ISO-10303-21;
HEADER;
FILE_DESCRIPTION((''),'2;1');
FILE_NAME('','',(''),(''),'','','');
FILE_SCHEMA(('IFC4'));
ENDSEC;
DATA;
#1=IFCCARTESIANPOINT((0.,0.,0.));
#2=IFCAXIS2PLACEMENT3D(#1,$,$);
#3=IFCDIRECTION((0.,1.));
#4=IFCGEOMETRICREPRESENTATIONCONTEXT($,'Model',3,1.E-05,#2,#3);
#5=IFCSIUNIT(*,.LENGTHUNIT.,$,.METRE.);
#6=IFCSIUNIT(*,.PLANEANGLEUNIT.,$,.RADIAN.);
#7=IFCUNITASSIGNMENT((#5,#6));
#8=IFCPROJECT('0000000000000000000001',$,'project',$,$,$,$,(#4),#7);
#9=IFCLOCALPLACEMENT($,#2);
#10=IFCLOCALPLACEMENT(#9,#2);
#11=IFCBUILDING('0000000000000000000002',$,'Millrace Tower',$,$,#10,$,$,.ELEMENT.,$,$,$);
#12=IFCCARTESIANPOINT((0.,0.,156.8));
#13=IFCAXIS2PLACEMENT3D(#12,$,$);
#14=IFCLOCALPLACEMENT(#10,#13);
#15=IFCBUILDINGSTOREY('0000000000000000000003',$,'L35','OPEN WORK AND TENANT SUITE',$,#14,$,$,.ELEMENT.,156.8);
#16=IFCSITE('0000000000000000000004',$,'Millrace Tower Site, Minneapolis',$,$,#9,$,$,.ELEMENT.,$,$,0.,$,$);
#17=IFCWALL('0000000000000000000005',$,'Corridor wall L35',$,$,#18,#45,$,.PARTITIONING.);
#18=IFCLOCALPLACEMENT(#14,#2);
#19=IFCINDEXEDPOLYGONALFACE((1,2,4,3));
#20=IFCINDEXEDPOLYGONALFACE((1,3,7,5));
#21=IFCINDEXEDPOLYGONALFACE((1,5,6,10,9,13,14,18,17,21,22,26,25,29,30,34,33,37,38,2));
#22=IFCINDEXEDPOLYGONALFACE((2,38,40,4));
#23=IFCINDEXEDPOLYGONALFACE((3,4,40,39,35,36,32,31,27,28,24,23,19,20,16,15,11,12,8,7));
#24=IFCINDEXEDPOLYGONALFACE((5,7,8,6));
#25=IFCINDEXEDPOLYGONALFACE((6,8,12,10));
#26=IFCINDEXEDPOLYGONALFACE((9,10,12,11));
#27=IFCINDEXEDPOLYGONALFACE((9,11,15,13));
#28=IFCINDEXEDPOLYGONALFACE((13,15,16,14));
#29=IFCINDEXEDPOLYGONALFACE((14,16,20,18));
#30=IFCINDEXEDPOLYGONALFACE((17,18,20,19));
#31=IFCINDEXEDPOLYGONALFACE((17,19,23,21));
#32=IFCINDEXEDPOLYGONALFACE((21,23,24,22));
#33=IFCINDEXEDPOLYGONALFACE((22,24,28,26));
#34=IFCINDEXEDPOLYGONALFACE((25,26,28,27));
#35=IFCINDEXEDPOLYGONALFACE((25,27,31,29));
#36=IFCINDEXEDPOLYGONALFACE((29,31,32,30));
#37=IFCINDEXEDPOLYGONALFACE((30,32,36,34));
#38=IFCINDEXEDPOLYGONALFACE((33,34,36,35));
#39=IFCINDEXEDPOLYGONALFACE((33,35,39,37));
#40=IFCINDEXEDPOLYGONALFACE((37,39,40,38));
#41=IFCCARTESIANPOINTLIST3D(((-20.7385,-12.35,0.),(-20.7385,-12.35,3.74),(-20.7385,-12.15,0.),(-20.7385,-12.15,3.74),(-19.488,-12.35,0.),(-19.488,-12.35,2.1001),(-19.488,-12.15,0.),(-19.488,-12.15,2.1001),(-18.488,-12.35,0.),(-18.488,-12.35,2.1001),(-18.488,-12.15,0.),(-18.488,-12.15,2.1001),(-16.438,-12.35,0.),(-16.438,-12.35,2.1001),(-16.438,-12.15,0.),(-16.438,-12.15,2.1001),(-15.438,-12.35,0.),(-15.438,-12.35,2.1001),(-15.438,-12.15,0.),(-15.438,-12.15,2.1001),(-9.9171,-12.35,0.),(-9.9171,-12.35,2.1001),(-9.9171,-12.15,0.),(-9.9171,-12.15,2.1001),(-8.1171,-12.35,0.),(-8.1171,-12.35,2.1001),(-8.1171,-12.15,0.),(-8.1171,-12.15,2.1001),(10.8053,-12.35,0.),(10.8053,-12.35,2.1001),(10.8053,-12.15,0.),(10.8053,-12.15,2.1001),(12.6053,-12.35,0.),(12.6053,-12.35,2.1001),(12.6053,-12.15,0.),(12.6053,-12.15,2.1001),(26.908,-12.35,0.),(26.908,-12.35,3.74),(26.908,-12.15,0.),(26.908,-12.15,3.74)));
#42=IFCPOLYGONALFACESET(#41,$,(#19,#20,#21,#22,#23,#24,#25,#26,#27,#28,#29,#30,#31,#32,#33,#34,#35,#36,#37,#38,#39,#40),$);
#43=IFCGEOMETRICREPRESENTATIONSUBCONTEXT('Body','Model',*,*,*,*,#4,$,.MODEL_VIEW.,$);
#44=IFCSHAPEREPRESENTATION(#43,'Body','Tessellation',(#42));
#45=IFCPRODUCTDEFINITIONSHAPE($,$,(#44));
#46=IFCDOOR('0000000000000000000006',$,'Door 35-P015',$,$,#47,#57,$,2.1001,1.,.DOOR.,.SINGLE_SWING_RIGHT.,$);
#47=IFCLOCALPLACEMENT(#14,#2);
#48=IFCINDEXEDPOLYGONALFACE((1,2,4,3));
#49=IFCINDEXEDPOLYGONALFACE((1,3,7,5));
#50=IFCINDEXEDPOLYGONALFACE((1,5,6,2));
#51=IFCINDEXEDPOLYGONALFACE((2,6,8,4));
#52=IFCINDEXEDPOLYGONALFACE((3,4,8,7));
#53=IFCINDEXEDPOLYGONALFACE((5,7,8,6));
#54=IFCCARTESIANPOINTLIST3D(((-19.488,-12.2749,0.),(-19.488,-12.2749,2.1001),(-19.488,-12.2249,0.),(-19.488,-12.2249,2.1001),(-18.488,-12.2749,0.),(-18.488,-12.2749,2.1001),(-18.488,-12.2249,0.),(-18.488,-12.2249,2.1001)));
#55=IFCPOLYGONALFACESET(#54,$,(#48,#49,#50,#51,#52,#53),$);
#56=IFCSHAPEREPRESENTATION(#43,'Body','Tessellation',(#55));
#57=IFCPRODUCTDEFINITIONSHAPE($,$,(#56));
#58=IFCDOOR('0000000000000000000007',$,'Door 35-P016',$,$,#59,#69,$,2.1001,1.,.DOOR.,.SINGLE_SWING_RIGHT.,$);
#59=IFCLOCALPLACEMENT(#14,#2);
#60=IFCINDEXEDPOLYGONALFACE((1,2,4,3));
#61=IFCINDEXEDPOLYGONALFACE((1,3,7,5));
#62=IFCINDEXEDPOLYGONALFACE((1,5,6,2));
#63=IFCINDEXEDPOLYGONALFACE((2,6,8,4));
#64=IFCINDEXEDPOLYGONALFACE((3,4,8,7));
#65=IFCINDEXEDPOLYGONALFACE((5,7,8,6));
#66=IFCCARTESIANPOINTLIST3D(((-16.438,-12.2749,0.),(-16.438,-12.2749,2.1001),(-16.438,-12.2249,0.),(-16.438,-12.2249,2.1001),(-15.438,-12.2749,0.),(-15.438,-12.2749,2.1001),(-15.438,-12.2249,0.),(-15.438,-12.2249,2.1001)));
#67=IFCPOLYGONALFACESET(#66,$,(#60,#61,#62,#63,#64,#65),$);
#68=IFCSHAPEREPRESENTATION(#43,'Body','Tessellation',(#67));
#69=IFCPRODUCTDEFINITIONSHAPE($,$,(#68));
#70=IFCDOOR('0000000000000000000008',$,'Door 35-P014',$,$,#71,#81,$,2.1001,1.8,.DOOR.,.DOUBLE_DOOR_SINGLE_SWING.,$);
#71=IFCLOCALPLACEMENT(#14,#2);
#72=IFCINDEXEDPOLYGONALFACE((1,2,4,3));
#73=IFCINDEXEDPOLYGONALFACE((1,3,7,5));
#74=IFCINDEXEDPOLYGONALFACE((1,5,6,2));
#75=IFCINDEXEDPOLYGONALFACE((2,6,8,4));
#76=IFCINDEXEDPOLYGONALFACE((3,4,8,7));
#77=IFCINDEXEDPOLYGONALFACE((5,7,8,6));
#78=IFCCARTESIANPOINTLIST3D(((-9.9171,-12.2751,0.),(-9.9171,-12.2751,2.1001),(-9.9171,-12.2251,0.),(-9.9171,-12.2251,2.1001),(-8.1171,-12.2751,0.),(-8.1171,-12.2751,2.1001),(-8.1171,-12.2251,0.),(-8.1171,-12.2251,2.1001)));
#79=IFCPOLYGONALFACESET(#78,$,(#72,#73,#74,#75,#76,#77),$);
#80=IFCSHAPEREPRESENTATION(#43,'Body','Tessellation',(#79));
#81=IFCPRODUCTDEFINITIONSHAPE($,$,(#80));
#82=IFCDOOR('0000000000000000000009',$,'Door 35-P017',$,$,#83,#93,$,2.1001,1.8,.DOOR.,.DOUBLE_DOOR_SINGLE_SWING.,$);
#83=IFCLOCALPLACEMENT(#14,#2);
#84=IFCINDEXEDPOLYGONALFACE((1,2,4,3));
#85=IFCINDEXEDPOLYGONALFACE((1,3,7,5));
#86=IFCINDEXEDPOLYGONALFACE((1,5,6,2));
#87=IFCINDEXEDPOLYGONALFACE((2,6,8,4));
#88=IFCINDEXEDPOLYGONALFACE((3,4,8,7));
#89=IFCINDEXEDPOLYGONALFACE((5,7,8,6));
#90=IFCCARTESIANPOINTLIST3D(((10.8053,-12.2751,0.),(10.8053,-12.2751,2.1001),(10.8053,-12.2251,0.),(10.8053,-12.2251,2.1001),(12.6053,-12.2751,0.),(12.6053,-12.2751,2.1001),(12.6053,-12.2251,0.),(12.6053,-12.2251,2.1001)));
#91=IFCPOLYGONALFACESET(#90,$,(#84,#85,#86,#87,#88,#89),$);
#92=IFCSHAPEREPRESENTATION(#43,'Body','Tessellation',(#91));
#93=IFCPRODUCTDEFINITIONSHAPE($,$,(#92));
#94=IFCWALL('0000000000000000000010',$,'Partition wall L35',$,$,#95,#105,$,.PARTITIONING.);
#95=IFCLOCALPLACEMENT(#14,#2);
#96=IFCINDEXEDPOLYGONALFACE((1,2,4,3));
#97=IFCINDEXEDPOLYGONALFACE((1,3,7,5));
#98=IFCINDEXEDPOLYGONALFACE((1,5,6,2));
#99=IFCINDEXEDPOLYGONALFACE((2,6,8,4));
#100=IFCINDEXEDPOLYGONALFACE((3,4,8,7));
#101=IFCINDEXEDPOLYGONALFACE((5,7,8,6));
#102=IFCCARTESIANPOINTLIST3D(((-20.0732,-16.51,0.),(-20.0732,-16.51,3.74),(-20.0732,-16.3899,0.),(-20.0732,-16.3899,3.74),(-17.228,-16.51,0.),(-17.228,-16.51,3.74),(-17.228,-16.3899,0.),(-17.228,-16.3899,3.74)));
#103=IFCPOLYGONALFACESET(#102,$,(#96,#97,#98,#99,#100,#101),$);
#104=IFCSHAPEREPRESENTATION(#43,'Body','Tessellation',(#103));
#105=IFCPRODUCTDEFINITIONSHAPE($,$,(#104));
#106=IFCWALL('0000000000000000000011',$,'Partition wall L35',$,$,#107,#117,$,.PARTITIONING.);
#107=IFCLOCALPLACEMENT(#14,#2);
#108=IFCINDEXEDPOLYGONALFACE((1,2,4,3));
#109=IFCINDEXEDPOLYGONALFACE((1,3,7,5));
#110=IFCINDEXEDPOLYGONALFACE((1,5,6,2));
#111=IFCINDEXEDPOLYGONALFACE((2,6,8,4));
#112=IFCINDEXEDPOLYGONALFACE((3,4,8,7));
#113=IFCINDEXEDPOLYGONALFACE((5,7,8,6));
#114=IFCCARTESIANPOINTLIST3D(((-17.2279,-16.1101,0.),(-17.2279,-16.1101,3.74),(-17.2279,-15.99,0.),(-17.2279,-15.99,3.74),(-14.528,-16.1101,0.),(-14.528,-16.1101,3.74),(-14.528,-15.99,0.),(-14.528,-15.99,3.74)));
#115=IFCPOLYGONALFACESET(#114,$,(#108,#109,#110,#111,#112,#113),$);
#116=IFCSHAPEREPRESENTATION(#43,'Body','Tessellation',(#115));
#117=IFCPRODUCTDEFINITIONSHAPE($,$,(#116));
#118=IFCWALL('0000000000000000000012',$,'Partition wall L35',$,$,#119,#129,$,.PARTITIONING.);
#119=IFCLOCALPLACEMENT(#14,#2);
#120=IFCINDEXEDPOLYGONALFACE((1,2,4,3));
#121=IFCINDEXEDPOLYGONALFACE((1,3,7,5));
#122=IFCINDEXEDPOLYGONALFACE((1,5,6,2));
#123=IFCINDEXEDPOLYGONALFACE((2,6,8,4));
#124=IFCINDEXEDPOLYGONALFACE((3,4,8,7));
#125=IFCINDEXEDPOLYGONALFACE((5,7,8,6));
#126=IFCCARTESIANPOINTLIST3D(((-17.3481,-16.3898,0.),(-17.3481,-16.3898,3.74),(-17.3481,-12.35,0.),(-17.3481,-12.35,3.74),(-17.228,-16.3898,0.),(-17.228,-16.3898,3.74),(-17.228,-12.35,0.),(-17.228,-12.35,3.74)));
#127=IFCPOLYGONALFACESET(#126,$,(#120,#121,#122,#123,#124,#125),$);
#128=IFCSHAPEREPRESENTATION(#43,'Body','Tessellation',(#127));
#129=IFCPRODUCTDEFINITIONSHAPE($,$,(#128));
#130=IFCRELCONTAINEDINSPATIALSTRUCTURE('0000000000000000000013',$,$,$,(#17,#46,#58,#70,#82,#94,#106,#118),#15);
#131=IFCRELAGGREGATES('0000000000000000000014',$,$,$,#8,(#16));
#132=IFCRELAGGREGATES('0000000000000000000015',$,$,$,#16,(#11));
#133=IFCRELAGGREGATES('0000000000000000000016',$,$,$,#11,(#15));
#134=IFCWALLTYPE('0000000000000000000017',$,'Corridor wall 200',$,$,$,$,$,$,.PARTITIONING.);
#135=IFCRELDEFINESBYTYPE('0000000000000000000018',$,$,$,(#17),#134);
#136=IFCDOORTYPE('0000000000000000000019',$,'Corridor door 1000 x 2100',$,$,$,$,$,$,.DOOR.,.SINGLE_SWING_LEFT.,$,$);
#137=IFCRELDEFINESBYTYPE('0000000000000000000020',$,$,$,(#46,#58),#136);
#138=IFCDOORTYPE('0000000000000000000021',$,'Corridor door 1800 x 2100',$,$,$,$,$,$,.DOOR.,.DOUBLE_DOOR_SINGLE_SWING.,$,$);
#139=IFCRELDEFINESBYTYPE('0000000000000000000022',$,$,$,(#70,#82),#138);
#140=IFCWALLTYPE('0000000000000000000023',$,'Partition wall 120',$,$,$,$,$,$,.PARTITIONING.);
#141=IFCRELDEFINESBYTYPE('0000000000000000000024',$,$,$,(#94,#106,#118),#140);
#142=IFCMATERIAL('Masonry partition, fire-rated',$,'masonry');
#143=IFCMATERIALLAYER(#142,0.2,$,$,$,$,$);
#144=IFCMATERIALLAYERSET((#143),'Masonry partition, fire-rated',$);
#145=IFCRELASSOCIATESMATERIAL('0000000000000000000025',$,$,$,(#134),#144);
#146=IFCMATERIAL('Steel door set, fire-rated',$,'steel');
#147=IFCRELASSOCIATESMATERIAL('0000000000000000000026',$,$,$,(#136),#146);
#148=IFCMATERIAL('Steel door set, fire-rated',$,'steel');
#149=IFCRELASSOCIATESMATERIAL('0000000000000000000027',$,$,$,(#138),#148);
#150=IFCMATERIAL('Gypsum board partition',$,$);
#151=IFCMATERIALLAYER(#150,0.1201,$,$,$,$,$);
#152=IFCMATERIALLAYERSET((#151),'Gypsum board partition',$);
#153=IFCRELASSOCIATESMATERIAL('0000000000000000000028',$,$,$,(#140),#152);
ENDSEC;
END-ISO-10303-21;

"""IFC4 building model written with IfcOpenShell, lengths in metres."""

from ifc_helpers import new_model, si_unit, direction, frame, frame_2d, origin, place, context, subcontext, project, spatial, rectangle, extrude, material, layer, layer_set, type_object, element, fill, save


model = new_model("IFC4")

# Units and contexts
model_context = context("Model", 3, precision=1e-05, world=origin(), true_north=direction((0.0, 1.0)))
body_context = subcontext(model_context, "Body", "Model", "MODEL_VIEW")
ifc_project = project(units=[si_unit("LENGTHUNIT", "METRE"), si_unit("PLANEANGLEUNIT", "RADIAN")], contexts=[model_context])

# Site, building, storey
site_placement = place(None, origin())
site = spatial("IfcSite", under=ifc_project, at=site_placement, Name="Millrace Tower Site, Minneapolis", CompositionType="ELEMENT", RefElevation=0.0)
building_placement = place(site_placement, origin())
building = spatial("IfcBuilding", under=site, at=building_placement, Name="Millrace Tower", CompositionType="ELEMENT")
storey_placement = place(building_placement, frame((0.0, 0.0, 156.8)))
storey = spatial("IfcBuildingStorey", under=building, at=storey_placement, Name="L35", Description="OPEN WORK AND TENANT SUITE", CompositionType="ELEMENT", Elevation=156.8)

# Wall, openings, doors
ifc_material_1 = material(Name="Masonry partition, fire-rated", Category="masonry")
ifc_layer_1 = layer(ifc_material_1, 0.2)
ifc_layer_set_1 = layer_set([ifc_layer_1], Name="Masonry partition, fire-rated")
wall_type_1 = type_object("IfcWallType", Name="Corridor wall 200", PredefinedType="PARTITIONING", material=ifc_layer_set_1)
wall_1_placement = place(storey_placement, frame((-20.7385, -12.25, 0.0), z_axis=(0.0, 0.0, 1.0), x_axis=(1.0, 0.0, 0.0)))
wall_1 = element("IfcWall", 1, at=wall_1_placement, inside=storey, type_object=wall_type_1, Name="Corridor wall L35", PredefinedType="PARTITIONING", context=body_context, shape_type="SweptSolid", body=[
    extrude(rectangle(XDim=47.6465, YDim=0.2, at=frame_2d((23.8232, 0.0))), origin(), (0.0, 0.0, 1.0), 3.74),
])
opening_1_placement = place(wall_1_placement, frame((10.8215, 0.0, 0.0)))
opening_1 = element("IfcOpeningElement", 2, at=opening_1_placement, cuts=wall_1, PredefinedType="OPENING", context=body_context, shape_type="SweptSolid", body=[
    extrude(rectangle(XDim=1.8, YDim=2.1001, at=frame_2d((0.8999, 1.05))), frame((0.0, 0.1099, 0.0), z_axis=(0.0, -1.0, 0.0), x_axis=(1.0, 0.0, 0.0)), (0.0, 0.0, 1.0), 0.22),
])
opening_2_placement = place(wall_1_placement, frame((1.2505, 0.0, 0.0)))
opening_2 = element("IfcOpeningElement", 3, at=opening_2_placement, cuts=wall_1, PredefinedType="OPENING", context=body_context, shape_type="SweptSolid", body=[
    extrude(rectangle(XDim=1.0, YDim=2.1001, at=frame_2d((0.5, 1.05))), frame((0.0, 0.1099, 0.0), z_axis=(0.0, -1.0, 0.0), x_axis=(1.0, 0.0, 0.0)), (0.0, 0.0, 1.0), 0.22),
])
opening_3_placement = place(wall_1_placement, frame((4.3005, 0.0, 0.0)))
opening_3 = element("IfcOpeningElement", 4, at=opening_3_placement, cuts=wall_1, PredefinedType="OPENING", context=body_context, shape_type="SweptSolid", body=[
    extrude(rectangle(XDim=1.0, YDim=2.1001, at=frame_2d((0.5, 1.05))), frame((0.0, 0.1099, 0.0), z_axis=(0.0, -1.0, 0.0), x_axis=(1.0, 0.0, 0.0)), (0.0, 0.0, 1.0), 0.22),
])
opening_4_placement = place(wall_1_placement, frame((31.5439, 0.0, 0.0)))
opening_4 = element("IfcOpeningElement", 5, at=opening_4_placement, cuts=wall_1, PredefinedType="OPENING", context=body_context, shape_type="SweptSolid", body=[
    extrude(rectangle(XDim=1.8, YDim=2.1001, at=frame_2d((0.8999, 1.05))), frame((0.0, 0.1099, 0.0), z_axis=(0.0, -1.0, 0.0), x_axis=(1.0, 0.0, 0.0)), (0.0, 0.0, 1.0), 0.22),
])
ifc_material_2 = material(Name="Steel door set, fire-rated", Category="steel")
door_type_1 = type_object("IfcDoorType", Name="Corridor door 1000 x 2100", OperationType="SINGLE_SWING_LEFT", PredefinedType="DOOR", material=ifc_material_2)
door_1_placement = place(opening_2_placement, frame((1.0, 0.0, 0.0), z_axis=(0.0, 0.0, 1.0), x_axis=(-1.0, 0.0, 0.0)))
door_1 = element("IfcDoor", 6, at=door_1_placement, inside=storey, type_object=door_type_1, Name="Door 35-P015", OperationType="SINGLE_SWING_RIGHT", OverallHeight=2.1001, OverallWidth=1.0, PredefinedType="DOOR", context=body_context, shape_type="SweptSolid", body=[
    extrude(rectangle(XDim=1.0, YDim=2.1001, at=frame_2d((0.5, 1.05))), frame((0.0, 0.0249, 0.0), z_axis=(0.0, -1.0, 0.0), x_axis=(1.0, 0.0, 0.0)), (0.0, 0.0, 1.0), 0.05),
])
fill(opening_2, door_1)
door_2_placement = place(opening_3_placement, frame((1.0, 0.0, 0.0), z_axis=(0.0, 0.0, 1.0), x_axis=(-1.0, 0.0, 0.0)))
door_2 = element("IfcDoor", 7, at=door_2_placement, inside=storey, type_object=door_type_1, Name="Door 35-P016", OperationType="SINGLE_SWING_RIGHT", OverallHeight=2.1001, OverallWidth=1.0, PredefinedType="DOOR", context=body_context, shape_type="SweptSolid", body=[
    extrude(rectangle(XDim=1.0, YDim=2.1001, at=frame_2d((0.5, 1.05))), frame((0.0, 0.0249, 0.0), z_axis=(0.0, -1.0, 0.0), x_axis=(1.0, 0.0, 0.0)), (0.0, 0.0, 1.0), 0.05),
])
fill(opening_3, door_2)
ifc_material_3 = material(Name="Steel door set, fire-rated", Category="steel")
door_type_2 = type_object("IfcDoorType", Name="Corridor door 1800 x 2100", OperationType="DOUBLE_DOOR_SINGLE_SWING", PredefinedType="DOOR", material=ifc_material_3)
door_3_placement = place(opening_1_placement, origin())
door_3 = element("IfcDoor", 8, at=door_3_placement, inside=storey, type_object=door_type_2, Name="Door 35-P014", OperationType="DOUBLE_DOOR_SINGLE_SWING", OverallHeight=2.1001, OverallWidth=1.8, PredefinedType="DOOR", context=body_context, shape_type="SweptSolid", body=[
    extrude(rectangle(XDim=1.8, YDim=2.1001, at=frame_2d((0.8999, 1.05))), frame((0.0, 0.0249, 0.0), z_axis=(0.0, -1.0, 0.0), x_axis=(1.0, 0.0, 0.0)), (0.0, 0.0, 1.0), 0.05),
])
fill(opening_1, door_3)
door_4_placement = place(opening_4_placement, origin())
door_4 = element("IfcDoor", 9, at=door_4_placement, inside=storey, type_object=door_type_2, Name="Door 35-P017", OperationType="DOUBLE_DOOR_SINGLE_SWING", OverallHeight=2.1001, OverallWidth=1.8, PredefinedType="DOOR", context=body_context, shape_type="SweptSolid", body=[
    extrude(rectangle(XDim=1.8, YDim=2.1001, at=frame_2d((0.8999, 1.05))), frame((0.0, 0.0249, 0.0), z_axis=(0.0, -1.0, 0.0), x_axis=(1.0, 0.0, 0.0)), (0.0, 0.0, 1.0), 0.05),
])
fill(opening_4, door_4)

# Walls
ifc_material_4 = material(Name="Gypsum board partition")
ifc_layer_2 = layer(ifc_material_4, 0.1201)
ifc_layer_set_2 = layer_set([ifc_layer_2], Name="Gypsum board partition")
wall_type_2 = type_object("IfcWallType", Name="Partition wall 120", PredefinedType="PARTITIONING", material=ifc_layer_set_2)
wall_2_placement = place(storey_placement, frame((-20.0732, -16.45, 0.0), z_axis=(0.0, 0.0, 1.0), x_axis=(1.0, 0.0, 0.0)))
element("IfcWall", 10, at=wall_2_placement, inside=storey, type_object=wall_type_2, Name="Partition wall L35", PredefinedType="PARTITIONING", context=body_context, shape_type="SweptSolid", body=[
    extrude(rectangle(XDim=2.8452, YDim=0.1201, at=frame_2d((1.4226, 0.0))), origin(), (0.0, 0.0, 1.0), 3.74),
])
wall_3_placement = place(storey_placement, frame((-17.228, -16.05, 0.0), z_axis=(0.0, 0.0, 1.0), x_axis=(1.0, 0.0, 0.0)))
element("IfcWall", 11, at=wall_3_placement, inside=storey, type_object=wall_type_2, Name="Partition wall L35", PredefinedType="PARTITIONING", context=body_context, shape_type="SweptSolid", body=[
    extrude(rectangle(XDim=2.7, YDim=0.1201, at=frame_2d((1.3501, 0.0))), origin(), (0.0, 0.0, 1.0), 3.74),
])
wall_4_placement = place(storey_placement, frame((-17.2881, -16.3899, 0.0), z_axis=(0.0, 0.0, 1.0), x_axis=(0.0, 1.0, 0.0)))
element("IfcWall", 12, at=wall_4_placement, inside=storey, type_object=wall_type_2, Name="Partition wall L35", PredefinedType="PARTITIONING", context=body_context, shape_type="SweptSolid", body=[
    extrude(rectangle(XDim=4.0398, YDim=0.1201, at=frame_2d((2.02, 0.0))), origin(), (0.0, 0.0, 1.0), 3.74),
])

save(model, "model.ifc")
